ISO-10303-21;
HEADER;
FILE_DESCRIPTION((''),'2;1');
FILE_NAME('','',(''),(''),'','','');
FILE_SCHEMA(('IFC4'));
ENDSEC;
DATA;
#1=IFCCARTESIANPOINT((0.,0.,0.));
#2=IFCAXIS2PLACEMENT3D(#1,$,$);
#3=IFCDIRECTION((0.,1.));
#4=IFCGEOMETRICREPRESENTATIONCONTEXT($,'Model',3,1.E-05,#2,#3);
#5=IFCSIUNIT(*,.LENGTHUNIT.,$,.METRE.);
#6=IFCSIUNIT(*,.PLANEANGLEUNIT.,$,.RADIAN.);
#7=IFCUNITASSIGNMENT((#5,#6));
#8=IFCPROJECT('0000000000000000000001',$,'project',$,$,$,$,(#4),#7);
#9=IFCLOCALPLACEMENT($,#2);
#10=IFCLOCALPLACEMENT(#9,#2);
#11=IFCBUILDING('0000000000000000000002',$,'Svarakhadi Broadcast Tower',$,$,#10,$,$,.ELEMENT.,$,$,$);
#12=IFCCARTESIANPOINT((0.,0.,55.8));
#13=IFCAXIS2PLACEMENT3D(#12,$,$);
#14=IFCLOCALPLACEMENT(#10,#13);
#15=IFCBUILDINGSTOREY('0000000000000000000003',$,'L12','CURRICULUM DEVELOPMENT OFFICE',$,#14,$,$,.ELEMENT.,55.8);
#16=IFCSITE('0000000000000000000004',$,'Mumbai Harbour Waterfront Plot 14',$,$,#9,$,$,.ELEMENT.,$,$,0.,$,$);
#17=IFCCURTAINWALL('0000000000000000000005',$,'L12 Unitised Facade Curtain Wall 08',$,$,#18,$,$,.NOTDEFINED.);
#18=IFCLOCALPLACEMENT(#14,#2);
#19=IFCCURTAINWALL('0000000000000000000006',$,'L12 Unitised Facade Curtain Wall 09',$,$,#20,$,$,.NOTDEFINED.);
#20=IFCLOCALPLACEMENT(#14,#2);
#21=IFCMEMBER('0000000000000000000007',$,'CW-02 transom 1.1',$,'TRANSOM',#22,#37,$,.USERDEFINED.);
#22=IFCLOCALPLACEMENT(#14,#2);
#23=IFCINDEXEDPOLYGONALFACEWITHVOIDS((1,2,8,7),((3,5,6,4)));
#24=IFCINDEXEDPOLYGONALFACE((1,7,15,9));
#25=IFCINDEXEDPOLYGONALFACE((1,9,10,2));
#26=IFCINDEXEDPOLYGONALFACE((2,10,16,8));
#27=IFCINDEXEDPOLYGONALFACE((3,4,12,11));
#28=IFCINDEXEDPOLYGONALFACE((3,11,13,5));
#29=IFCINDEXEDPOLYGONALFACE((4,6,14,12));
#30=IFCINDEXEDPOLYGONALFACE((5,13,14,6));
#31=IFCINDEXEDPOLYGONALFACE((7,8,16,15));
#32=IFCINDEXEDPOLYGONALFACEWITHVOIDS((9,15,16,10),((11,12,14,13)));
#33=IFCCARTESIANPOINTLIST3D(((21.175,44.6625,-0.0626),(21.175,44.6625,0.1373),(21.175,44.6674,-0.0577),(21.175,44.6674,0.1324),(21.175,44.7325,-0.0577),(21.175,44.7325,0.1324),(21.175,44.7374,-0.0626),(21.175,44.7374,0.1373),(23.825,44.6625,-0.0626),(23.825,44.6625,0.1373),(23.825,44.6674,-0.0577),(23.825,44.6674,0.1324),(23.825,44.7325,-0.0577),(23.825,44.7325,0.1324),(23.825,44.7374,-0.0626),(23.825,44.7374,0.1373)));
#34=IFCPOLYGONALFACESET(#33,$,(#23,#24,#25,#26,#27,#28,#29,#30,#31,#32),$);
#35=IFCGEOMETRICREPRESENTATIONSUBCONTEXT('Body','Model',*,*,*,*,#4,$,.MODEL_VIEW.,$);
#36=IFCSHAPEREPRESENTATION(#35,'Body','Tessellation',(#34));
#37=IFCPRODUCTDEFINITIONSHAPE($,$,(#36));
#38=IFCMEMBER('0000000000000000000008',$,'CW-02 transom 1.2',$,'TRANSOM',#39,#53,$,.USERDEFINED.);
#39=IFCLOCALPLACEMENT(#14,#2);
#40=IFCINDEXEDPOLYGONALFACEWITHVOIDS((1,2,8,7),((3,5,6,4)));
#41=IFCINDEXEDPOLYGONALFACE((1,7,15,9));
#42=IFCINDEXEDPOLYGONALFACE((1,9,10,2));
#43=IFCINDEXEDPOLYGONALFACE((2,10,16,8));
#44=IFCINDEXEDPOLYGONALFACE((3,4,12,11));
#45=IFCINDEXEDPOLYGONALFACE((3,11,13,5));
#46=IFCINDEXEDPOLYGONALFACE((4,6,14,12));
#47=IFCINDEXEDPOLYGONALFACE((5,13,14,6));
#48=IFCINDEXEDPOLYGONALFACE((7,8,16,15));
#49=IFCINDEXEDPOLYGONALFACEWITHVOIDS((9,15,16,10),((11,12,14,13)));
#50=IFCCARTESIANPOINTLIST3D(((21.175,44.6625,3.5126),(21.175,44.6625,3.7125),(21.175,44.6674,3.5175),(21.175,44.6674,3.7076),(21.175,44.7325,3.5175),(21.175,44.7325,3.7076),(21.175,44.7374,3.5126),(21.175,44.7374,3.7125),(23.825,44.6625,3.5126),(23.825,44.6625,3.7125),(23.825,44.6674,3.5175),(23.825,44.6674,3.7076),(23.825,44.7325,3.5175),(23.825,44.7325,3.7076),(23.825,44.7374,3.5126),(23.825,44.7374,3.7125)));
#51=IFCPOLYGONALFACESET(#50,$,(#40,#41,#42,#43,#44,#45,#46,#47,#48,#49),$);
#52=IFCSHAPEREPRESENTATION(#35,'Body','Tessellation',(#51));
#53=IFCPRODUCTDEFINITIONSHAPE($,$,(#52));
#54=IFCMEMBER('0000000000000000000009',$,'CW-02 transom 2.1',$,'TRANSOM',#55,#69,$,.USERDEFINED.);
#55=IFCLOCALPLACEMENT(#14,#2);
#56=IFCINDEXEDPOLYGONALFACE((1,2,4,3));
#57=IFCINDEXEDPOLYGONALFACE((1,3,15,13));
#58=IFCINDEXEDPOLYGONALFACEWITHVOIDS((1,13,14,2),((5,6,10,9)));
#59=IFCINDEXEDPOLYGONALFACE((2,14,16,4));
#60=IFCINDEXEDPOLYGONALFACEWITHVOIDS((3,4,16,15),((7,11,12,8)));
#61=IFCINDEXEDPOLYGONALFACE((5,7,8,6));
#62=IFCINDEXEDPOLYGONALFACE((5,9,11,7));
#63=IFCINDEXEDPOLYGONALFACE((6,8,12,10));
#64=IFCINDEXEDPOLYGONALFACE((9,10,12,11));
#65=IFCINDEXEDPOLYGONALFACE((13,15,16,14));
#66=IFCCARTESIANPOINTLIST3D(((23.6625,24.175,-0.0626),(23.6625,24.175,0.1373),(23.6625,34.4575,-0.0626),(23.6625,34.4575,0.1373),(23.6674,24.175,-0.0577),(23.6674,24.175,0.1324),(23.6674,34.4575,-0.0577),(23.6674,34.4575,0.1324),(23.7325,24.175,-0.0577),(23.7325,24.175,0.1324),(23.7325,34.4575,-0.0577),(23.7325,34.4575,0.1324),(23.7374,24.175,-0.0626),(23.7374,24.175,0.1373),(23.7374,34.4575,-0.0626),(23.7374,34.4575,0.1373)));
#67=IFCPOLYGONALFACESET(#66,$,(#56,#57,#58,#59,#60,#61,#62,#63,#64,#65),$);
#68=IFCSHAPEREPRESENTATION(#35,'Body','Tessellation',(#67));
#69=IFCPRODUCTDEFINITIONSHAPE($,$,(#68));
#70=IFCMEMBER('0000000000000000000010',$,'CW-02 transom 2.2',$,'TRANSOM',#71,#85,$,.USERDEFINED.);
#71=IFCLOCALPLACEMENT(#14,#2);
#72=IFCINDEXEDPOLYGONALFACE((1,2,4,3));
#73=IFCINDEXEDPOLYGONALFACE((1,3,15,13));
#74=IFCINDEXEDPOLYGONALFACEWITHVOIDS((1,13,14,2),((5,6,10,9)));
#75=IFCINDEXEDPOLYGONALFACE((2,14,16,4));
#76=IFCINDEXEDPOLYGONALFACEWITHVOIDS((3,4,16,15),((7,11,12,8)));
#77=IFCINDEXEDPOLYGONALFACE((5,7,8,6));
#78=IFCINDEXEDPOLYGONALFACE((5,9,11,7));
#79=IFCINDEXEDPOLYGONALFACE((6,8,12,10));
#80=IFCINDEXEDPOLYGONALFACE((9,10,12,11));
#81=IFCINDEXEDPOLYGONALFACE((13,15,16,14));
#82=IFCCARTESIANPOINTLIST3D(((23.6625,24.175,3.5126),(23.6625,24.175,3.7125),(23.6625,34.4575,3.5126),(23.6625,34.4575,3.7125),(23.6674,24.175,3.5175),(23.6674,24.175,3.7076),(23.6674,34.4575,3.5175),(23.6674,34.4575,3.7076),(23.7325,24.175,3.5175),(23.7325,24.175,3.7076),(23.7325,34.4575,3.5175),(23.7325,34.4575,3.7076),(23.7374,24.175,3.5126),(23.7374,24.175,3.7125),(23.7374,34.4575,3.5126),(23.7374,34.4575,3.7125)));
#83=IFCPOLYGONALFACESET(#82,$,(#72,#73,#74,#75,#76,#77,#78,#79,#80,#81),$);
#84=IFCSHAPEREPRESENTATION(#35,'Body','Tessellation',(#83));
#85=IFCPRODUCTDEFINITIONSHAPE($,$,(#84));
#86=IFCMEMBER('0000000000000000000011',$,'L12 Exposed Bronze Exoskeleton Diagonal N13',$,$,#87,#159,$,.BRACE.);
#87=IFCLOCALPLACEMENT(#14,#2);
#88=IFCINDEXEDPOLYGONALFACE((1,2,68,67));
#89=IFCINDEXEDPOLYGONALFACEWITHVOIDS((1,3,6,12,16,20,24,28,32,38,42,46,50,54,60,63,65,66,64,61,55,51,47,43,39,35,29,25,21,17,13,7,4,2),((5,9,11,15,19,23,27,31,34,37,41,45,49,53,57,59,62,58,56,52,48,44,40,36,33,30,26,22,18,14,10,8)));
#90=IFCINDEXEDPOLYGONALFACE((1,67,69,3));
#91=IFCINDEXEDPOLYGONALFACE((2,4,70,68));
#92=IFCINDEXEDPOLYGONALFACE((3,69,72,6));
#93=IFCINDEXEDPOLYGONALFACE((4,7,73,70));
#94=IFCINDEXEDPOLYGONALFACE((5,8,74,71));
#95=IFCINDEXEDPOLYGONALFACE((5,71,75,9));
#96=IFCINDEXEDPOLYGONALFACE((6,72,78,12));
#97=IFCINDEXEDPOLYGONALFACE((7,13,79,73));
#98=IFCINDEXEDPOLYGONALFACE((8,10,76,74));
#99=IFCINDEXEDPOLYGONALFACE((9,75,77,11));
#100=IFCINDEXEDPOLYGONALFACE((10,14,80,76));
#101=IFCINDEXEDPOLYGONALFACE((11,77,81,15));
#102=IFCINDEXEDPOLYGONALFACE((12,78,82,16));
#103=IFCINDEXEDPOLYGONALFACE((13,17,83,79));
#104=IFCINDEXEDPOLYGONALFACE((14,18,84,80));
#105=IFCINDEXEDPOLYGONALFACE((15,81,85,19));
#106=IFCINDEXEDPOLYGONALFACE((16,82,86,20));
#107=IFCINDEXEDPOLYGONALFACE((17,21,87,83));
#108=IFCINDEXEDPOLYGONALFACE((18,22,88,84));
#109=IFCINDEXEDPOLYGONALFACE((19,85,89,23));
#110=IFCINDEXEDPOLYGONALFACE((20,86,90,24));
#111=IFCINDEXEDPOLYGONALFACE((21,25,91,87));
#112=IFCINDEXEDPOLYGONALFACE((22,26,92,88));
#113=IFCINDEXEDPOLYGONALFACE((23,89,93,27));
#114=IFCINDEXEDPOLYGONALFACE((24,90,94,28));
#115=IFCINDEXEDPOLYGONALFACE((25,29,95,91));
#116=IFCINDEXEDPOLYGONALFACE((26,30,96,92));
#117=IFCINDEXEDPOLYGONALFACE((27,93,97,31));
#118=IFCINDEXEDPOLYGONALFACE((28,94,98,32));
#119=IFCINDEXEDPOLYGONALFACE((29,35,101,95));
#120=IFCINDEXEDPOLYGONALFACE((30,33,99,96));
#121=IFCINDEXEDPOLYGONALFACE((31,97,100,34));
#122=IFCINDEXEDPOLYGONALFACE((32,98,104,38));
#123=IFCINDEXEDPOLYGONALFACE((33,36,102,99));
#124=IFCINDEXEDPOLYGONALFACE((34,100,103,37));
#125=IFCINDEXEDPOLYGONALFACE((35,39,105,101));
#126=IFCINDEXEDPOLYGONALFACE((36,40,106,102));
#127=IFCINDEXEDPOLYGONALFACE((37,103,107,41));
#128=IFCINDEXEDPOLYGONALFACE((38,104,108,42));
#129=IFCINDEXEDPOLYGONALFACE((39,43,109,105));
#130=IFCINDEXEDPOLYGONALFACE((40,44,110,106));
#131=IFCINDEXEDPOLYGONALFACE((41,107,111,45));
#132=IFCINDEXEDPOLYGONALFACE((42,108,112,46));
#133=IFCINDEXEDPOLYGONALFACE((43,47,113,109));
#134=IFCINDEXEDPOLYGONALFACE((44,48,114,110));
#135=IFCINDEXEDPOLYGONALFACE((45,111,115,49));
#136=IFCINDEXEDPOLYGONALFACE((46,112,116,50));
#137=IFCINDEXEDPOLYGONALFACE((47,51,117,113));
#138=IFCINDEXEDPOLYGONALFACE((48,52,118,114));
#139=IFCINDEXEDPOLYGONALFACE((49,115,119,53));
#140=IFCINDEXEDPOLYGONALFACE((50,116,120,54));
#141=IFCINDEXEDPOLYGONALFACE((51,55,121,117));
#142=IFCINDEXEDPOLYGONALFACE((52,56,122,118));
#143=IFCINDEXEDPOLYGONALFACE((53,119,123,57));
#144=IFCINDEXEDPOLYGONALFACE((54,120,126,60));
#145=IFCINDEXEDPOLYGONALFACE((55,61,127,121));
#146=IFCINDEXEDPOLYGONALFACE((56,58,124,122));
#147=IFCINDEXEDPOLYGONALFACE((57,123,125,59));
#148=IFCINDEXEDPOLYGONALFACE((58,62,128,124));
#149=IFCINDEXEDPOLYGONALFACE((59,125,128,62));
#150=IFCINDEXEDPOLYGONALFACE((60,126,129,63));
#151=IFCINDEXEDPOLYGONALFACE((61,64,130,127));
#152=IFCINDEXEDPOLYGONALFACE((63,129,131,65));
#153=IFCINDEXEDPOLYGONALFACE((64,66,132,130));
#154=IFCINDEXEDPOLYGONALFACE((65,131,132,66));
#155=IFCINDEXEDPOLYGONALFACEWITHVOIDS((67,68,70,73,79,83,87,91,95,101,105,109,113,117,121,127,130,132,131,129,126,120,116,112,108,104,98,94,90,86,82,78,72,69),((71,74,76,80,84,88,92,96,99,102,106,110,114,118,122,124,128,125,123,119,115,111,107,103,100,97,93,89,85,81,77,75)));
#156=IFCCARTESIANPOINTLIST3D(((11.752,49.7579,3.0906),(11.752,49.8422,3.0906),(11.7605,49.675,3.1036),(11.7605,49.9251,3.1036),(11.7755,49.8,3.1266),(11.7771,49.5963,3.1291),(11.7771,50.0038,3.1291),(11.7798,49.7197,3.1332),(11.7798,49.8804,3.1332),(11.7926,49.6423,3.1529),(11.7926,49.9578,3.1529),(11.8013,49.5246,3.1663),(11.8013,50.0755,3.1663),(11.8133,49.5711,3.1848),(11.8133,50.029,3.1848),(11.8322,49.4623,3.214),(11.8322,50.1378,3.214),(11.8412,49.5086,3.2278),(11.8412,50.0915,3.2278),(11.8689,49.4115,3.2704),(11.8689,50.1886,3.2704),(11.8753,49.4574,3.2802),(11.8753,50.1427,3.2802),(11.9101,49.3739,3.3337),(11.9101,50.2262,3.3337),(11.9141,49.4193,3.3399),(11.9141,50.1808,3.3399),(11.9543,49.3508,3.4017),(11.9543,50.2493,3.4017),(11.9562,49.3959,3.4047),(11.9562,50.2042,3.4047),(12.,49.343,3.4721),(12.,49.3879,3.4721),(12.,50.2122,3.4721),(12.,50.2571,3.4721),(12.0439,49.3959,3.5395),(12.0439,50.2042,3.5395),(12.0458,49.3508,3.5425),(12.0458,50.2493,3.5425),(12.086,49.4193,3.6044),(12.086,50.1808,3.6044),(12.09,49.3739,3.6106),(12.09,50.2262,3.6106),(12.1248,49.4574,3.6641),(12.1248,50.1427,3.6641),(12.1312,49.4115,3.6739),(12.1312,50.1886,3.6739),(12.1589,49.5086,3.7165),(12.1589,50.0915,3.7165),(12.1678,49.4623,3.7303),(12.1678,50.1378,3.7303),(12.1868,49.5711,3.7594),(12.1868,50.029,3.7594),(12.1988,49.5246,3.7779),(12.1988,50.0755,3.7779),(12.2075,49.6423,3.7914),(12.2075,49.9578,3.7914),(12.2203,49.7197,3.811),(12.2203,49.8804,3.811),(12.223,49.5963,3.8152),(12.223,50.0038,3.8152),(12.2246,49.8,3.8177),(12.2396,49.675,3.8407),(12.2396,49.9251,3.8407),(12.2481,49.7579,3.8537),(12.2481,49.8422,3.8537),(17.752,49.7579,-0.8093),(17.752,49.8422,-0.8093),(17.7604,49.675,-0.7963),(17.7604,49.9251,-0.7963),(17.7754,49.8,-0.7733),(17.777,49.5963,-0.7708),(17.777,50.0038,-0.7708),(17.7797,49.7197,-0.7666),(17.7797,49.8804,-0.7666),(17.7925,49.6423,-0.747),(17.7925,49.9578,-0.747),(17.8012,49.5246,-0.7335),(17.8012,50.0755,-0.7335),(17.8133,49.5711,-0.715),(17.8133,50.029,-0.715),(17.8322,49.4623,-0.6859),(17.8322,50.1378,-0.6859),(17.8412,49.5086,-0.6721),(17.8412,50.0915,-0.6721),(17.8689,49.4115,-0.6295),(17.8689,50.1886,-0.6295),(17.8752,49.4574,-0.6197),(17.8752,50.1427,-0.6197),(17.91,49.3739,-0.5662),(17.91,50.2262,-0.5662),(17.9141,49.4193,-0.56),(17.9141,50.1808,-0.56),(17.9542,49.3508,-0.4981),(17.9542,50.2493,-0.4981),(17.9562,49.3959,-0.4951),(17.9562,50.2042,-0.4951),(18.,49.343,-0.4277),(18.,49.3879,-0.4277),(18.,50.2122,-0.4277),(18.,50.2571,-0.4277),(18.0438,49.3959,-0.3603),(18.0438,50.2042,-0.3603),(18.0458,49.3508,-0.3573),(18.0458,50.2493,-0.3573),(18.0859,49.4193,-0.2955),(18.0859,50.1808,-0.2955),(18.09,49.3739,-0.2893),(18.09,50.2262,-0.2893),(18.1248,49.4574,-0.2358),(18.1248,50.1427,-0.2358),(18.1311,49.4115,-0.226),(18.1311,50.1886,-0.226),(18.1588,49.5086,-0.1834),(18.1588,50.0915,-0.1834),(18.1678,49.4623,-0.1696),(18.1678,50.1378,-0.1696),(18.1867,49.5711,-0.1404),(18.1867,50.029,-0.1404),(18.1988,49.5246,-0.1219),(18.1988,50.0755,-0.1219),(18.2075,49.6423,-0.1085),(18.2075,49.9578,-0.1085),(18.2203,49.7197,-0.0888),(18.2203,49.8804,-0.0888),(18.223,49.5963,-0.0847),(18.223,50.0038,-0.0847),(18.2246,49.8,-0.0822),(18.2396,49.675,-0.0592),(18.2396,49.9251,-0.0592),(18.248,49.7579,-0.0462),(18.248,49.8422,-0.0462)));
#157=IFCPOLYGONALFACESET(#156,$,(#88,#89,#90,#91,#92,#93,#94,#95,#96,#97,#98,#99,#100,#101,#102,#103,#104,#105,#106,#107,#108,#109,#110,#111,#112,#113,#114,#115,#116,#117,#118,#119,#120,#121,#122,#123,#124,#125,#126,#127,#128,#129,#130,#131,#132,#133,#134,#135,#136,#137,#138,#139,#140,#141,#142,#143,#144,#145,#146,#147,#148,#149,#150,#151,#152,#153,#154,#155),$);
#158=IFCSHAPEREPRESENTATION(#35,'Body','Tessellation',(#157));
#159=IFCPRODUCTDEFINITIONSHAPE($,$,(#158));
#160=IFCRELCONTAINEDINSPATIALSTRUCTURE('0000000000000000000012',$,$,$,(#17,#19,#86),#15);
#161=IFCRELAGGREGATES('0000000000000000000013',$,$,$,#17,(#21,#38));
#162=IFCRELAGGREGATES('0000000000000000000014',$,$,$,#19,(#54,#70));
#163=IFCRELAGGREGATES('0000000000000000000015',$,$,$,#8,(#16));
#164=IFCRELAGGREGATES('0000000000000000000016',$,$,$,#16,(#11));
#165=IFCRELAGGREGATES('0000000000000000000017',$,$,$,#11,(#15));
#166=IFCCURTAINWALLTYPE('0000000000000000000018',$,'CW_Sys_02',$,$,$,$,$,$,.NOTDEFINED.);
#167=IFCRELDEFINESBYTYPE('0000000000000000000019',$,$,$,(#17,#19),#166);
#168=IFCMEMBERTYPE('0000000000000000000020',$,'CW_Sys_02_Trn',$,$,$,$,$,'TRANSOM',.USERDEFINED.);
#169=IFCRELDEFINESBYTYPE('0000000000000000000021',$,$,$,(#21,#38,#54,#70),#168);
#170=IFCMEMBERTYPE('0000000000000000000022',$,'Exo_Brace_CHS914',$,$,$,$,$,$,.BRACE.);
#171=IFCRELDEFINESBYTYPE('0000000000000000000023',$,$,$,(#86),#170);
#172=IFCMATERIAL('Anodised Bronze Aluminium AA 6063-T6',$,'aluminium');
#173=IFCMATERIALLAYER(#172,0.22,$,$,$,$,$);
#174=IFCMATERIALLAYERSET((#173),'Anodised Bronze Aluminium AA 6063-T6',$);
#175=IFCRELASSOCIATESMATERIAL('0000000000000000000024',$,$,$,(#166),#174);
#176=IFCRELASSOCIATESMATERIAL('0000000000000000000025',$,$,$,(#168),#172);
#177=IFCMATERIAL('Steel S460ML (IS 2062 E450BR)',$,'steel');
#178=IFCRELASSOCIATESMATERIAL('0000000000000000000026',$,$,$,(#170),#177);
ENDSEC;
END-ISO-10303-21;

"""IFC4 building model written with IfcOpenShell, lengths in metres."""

from ifc_helpers import new_model, si_unit, direction, frame, origin, origin_2d, place, context, subcontext, project, spatial, hollow_rectangle, hollow_circle, extrude, material, layer, layer_set, material_profile, profile_set, type_object, element, aggregate, save


model = new_model("IFC4")

# Units and contexts
model_context = context("Model", 3, precision=1e-05, world=origin(), true_north=direction((0.0, 1.0)))
body_context = subcontext(model_context, "Body", "Model", "MODEL_VIEW")
ifc_project = project(units=[si_unit("LENGTHUNIT", "METRE"), si_unit("PLANEANGLEUNIT", "RADIAN")], contexts=[model_context])

# Site, building, storey
site_placement = place(None, origin())
site = spatial("IfcSite", under=ifc_project, at=site_placement, Name="Mumbai Harbour Waterfront Plot 14", CompositionType="ELEMENT", RefElevation=0.0)
building_placement = place(site_placement, origin())
building = spatial("IfcBuilding", under=site, at=building_placement, Name="Svarakhadi Broadcast Tower", CompositionType="ELEMENT")
storey_placement = place(building_placement, frame((0.0, 0.0, 55.8)))
storey = spatial("IfcBuildingStorey", under=building, at=storey_placement, Name="L12", Description="CURRICULUM DEVELOPMENT OFFICE", CompositionType="ELEMENT", Elevation=55.8)

# Shared definitions
ifc_material_1 = material(Name="Anodised Bronze Aluminium AA 6063-T6", Category="aluminium")
ifc_layer_1 = layer(ifc_material_1, 0.22)
ifc_layer_set_1 = layer_set([ifc_layer_1], Name="Anodised Bronze Aluminium AA 6063-T6")
curtain_wall_type = type_object("IfcCurtainWallType", Name="CW_Sys_02", PredefinedType="NOTDEFINED", material=ifc_layer_set_1)

# Curtain wall
curtain_wall_1_placement = place(storey_placement, origin())
curtain_wall_1 = element("IfcCurtainWall", 1, at=curtain_wall_1_placement, inside=storey, type_object=curtain_wall_type, Name="L12 Unitised Facade Curtain Wall 08", PredefinedType="NOTDEFINED")

# Curtain wall
curtain_wall_2_placement = place(storey_placement, origin())
curtain_wall_2 = element("IfcCurtainWall", 2, at=curtain_wall_2_placement, inside=storey, type_object=curtain_wall_type, Name="L12 Unitised Facade Curtain Wall 09", PredefinedType="NOTDEFINED")

# Members
ifc_material_profile_1 = material_profile(ifc_material_1, hollow_rectangle(XDim=0.075, YDim=0.2, WallThickness=0.0049, at=origin_2d()), Name="ALU TRANSOM 200x75x5")
ifc_profile_set_1 = profile_set([ifc_material_profile_1], Name="Anodised Bronze Aluminium AA 6063-T6")
member_type_1 = type_object("IfcMemberType", Name="CW_Sys_02_Trn", ElementType="TRANSOM", PredefinedType="USERDEFINED", material=ifc_profile_set_1)
member_1_placement = place(storey_placement, frame((21.175, 44.7, 0.0374), z_axis=(1.0, 0.0, 0.0), x_axis=(0.0, 1.0, 0.0)))
member_1 = element("IfcMember", 3, at=member_1_placement, type_object=member_type_1, Name="CW-02 transom 1.1", ObjectType="TRANSOM", PredefinedType="USERDEFINED", context=body_context, shape_type="SweptSolid", body=[
    extrude(hollow_rectangle(XDim=0.075, YDim=0.2, WallThickness=0.0049, at=origin_2d()), origin(), (0.0, 0.0, 1.0), 2.6499),
])
member_2_placement = place(storey_placement, frame((21.175, 44.7, 3.6125), z_axis=(1.0, 0.0, 0.0), x_axis=(0.0, 1.0, 0.0)))
member_2 = element("IfcMember", 4, at=member_2_placement, type_object=member_type_1, Name="CW-02 transom 1.2", ObjectType="TRANSOM", PredefinedType="USERDEFINED", context=body_context, shape_type="SweptSolid", body=[
    extrude(hollow_rectangle(XDim=0.075, YDim=0.2, WallThickness=0.0049, at=origin_2d()), origin(), (0.0, 0.0, 1.0), 2.6499),
])
member_3_placement = place(storey_placement, frame((23.7, 34.4575, 0.0374), z_axis=(0.0, -1.0, 0.0), x_axis=(1.0, 0.0, 0.0)))
member_3 = element("IfcMember", 5, at=member_3_placement, type_object=member_type_1, Name="CW-02 transom 2.1", ObjectType="TRANSOM", PredefinedType="USERDEFINED", context=body_context, shape_type="SweptSolid", body=[
    extrude(hollow_rectangle(XDim=0.075, YDim=0.2, WallThickness=0.0049, at=origin_2d()), origin(), (0.0, 0.0, 1.0), 10.2825),
])
member_4_placement = place(storey_placement, frame((23.7, 34.4575, 3.6125), z_axis=(0.0, -1.0, 0.0), x_axis=(1.0, 0.0, 0.0)))
member_4 = element("IfcMember", 6, at=member_4_placement, type_object=member_type_1, Name="CW-02 transom 2.2", ObjectType="TRANSOM", PredefinedType="USERDEFINED", context=body_context, shape_type="SweptSolid", body=[
    extrude(hollow_rectangle(XDim=0.075, YDim=0.2, WallThickness=0.0049, at=origin_2d()), origin(), (0.0, 0.0, 1.0), 10.2825),
])

# Member
ifc_material_2 = material(Name="Steel S460ML (IS 2062 E450BR)", Category="steel")
ifc_material_profile_2 = material_profile(ifc_material_2, hollow_circle(Radius=0.457, WallThickness=0.0449, at=origin_2d()), Name="CHS 914x45")
ifc_profile_set_2 = profile_set([ifc_material_profile_2], Name="Steel S460ML (IS 2062 E450BR)")
member_type_2 = type_object("IfcMemberType", Name="Exo_Brace_CHS914", PredefinedType="BRACE", material=ifc_profile_set_2)
member_5_placement = place(storey_placement, frame((18.0, 49.8, -0.4277), z_axis=(-0.83845, 0.0, 0.544979), x_axis=(0.0, -1.0, 0.0)))
element("IfcMember", 7, at=member_5_placement, inside=storey, type_object=member_type_2, Name="L12 Exposed Bronze Exoskeleton Diagonal N13", PredefinedType="BRACE", context=body_context, shape_type="SweptSolid", body=[
    extrude(hollow_circle(Radius=0.457, WallThickness=0.0449, at=origin_2d()), origin(), (0.0, 0.0, 1.0), 7.156),
])

aggregate(curtain_wall_1, [member_1, member_2])
aggregate(curtain_wall_2, [member_3, member_4])

save(model, "model.ifc")
